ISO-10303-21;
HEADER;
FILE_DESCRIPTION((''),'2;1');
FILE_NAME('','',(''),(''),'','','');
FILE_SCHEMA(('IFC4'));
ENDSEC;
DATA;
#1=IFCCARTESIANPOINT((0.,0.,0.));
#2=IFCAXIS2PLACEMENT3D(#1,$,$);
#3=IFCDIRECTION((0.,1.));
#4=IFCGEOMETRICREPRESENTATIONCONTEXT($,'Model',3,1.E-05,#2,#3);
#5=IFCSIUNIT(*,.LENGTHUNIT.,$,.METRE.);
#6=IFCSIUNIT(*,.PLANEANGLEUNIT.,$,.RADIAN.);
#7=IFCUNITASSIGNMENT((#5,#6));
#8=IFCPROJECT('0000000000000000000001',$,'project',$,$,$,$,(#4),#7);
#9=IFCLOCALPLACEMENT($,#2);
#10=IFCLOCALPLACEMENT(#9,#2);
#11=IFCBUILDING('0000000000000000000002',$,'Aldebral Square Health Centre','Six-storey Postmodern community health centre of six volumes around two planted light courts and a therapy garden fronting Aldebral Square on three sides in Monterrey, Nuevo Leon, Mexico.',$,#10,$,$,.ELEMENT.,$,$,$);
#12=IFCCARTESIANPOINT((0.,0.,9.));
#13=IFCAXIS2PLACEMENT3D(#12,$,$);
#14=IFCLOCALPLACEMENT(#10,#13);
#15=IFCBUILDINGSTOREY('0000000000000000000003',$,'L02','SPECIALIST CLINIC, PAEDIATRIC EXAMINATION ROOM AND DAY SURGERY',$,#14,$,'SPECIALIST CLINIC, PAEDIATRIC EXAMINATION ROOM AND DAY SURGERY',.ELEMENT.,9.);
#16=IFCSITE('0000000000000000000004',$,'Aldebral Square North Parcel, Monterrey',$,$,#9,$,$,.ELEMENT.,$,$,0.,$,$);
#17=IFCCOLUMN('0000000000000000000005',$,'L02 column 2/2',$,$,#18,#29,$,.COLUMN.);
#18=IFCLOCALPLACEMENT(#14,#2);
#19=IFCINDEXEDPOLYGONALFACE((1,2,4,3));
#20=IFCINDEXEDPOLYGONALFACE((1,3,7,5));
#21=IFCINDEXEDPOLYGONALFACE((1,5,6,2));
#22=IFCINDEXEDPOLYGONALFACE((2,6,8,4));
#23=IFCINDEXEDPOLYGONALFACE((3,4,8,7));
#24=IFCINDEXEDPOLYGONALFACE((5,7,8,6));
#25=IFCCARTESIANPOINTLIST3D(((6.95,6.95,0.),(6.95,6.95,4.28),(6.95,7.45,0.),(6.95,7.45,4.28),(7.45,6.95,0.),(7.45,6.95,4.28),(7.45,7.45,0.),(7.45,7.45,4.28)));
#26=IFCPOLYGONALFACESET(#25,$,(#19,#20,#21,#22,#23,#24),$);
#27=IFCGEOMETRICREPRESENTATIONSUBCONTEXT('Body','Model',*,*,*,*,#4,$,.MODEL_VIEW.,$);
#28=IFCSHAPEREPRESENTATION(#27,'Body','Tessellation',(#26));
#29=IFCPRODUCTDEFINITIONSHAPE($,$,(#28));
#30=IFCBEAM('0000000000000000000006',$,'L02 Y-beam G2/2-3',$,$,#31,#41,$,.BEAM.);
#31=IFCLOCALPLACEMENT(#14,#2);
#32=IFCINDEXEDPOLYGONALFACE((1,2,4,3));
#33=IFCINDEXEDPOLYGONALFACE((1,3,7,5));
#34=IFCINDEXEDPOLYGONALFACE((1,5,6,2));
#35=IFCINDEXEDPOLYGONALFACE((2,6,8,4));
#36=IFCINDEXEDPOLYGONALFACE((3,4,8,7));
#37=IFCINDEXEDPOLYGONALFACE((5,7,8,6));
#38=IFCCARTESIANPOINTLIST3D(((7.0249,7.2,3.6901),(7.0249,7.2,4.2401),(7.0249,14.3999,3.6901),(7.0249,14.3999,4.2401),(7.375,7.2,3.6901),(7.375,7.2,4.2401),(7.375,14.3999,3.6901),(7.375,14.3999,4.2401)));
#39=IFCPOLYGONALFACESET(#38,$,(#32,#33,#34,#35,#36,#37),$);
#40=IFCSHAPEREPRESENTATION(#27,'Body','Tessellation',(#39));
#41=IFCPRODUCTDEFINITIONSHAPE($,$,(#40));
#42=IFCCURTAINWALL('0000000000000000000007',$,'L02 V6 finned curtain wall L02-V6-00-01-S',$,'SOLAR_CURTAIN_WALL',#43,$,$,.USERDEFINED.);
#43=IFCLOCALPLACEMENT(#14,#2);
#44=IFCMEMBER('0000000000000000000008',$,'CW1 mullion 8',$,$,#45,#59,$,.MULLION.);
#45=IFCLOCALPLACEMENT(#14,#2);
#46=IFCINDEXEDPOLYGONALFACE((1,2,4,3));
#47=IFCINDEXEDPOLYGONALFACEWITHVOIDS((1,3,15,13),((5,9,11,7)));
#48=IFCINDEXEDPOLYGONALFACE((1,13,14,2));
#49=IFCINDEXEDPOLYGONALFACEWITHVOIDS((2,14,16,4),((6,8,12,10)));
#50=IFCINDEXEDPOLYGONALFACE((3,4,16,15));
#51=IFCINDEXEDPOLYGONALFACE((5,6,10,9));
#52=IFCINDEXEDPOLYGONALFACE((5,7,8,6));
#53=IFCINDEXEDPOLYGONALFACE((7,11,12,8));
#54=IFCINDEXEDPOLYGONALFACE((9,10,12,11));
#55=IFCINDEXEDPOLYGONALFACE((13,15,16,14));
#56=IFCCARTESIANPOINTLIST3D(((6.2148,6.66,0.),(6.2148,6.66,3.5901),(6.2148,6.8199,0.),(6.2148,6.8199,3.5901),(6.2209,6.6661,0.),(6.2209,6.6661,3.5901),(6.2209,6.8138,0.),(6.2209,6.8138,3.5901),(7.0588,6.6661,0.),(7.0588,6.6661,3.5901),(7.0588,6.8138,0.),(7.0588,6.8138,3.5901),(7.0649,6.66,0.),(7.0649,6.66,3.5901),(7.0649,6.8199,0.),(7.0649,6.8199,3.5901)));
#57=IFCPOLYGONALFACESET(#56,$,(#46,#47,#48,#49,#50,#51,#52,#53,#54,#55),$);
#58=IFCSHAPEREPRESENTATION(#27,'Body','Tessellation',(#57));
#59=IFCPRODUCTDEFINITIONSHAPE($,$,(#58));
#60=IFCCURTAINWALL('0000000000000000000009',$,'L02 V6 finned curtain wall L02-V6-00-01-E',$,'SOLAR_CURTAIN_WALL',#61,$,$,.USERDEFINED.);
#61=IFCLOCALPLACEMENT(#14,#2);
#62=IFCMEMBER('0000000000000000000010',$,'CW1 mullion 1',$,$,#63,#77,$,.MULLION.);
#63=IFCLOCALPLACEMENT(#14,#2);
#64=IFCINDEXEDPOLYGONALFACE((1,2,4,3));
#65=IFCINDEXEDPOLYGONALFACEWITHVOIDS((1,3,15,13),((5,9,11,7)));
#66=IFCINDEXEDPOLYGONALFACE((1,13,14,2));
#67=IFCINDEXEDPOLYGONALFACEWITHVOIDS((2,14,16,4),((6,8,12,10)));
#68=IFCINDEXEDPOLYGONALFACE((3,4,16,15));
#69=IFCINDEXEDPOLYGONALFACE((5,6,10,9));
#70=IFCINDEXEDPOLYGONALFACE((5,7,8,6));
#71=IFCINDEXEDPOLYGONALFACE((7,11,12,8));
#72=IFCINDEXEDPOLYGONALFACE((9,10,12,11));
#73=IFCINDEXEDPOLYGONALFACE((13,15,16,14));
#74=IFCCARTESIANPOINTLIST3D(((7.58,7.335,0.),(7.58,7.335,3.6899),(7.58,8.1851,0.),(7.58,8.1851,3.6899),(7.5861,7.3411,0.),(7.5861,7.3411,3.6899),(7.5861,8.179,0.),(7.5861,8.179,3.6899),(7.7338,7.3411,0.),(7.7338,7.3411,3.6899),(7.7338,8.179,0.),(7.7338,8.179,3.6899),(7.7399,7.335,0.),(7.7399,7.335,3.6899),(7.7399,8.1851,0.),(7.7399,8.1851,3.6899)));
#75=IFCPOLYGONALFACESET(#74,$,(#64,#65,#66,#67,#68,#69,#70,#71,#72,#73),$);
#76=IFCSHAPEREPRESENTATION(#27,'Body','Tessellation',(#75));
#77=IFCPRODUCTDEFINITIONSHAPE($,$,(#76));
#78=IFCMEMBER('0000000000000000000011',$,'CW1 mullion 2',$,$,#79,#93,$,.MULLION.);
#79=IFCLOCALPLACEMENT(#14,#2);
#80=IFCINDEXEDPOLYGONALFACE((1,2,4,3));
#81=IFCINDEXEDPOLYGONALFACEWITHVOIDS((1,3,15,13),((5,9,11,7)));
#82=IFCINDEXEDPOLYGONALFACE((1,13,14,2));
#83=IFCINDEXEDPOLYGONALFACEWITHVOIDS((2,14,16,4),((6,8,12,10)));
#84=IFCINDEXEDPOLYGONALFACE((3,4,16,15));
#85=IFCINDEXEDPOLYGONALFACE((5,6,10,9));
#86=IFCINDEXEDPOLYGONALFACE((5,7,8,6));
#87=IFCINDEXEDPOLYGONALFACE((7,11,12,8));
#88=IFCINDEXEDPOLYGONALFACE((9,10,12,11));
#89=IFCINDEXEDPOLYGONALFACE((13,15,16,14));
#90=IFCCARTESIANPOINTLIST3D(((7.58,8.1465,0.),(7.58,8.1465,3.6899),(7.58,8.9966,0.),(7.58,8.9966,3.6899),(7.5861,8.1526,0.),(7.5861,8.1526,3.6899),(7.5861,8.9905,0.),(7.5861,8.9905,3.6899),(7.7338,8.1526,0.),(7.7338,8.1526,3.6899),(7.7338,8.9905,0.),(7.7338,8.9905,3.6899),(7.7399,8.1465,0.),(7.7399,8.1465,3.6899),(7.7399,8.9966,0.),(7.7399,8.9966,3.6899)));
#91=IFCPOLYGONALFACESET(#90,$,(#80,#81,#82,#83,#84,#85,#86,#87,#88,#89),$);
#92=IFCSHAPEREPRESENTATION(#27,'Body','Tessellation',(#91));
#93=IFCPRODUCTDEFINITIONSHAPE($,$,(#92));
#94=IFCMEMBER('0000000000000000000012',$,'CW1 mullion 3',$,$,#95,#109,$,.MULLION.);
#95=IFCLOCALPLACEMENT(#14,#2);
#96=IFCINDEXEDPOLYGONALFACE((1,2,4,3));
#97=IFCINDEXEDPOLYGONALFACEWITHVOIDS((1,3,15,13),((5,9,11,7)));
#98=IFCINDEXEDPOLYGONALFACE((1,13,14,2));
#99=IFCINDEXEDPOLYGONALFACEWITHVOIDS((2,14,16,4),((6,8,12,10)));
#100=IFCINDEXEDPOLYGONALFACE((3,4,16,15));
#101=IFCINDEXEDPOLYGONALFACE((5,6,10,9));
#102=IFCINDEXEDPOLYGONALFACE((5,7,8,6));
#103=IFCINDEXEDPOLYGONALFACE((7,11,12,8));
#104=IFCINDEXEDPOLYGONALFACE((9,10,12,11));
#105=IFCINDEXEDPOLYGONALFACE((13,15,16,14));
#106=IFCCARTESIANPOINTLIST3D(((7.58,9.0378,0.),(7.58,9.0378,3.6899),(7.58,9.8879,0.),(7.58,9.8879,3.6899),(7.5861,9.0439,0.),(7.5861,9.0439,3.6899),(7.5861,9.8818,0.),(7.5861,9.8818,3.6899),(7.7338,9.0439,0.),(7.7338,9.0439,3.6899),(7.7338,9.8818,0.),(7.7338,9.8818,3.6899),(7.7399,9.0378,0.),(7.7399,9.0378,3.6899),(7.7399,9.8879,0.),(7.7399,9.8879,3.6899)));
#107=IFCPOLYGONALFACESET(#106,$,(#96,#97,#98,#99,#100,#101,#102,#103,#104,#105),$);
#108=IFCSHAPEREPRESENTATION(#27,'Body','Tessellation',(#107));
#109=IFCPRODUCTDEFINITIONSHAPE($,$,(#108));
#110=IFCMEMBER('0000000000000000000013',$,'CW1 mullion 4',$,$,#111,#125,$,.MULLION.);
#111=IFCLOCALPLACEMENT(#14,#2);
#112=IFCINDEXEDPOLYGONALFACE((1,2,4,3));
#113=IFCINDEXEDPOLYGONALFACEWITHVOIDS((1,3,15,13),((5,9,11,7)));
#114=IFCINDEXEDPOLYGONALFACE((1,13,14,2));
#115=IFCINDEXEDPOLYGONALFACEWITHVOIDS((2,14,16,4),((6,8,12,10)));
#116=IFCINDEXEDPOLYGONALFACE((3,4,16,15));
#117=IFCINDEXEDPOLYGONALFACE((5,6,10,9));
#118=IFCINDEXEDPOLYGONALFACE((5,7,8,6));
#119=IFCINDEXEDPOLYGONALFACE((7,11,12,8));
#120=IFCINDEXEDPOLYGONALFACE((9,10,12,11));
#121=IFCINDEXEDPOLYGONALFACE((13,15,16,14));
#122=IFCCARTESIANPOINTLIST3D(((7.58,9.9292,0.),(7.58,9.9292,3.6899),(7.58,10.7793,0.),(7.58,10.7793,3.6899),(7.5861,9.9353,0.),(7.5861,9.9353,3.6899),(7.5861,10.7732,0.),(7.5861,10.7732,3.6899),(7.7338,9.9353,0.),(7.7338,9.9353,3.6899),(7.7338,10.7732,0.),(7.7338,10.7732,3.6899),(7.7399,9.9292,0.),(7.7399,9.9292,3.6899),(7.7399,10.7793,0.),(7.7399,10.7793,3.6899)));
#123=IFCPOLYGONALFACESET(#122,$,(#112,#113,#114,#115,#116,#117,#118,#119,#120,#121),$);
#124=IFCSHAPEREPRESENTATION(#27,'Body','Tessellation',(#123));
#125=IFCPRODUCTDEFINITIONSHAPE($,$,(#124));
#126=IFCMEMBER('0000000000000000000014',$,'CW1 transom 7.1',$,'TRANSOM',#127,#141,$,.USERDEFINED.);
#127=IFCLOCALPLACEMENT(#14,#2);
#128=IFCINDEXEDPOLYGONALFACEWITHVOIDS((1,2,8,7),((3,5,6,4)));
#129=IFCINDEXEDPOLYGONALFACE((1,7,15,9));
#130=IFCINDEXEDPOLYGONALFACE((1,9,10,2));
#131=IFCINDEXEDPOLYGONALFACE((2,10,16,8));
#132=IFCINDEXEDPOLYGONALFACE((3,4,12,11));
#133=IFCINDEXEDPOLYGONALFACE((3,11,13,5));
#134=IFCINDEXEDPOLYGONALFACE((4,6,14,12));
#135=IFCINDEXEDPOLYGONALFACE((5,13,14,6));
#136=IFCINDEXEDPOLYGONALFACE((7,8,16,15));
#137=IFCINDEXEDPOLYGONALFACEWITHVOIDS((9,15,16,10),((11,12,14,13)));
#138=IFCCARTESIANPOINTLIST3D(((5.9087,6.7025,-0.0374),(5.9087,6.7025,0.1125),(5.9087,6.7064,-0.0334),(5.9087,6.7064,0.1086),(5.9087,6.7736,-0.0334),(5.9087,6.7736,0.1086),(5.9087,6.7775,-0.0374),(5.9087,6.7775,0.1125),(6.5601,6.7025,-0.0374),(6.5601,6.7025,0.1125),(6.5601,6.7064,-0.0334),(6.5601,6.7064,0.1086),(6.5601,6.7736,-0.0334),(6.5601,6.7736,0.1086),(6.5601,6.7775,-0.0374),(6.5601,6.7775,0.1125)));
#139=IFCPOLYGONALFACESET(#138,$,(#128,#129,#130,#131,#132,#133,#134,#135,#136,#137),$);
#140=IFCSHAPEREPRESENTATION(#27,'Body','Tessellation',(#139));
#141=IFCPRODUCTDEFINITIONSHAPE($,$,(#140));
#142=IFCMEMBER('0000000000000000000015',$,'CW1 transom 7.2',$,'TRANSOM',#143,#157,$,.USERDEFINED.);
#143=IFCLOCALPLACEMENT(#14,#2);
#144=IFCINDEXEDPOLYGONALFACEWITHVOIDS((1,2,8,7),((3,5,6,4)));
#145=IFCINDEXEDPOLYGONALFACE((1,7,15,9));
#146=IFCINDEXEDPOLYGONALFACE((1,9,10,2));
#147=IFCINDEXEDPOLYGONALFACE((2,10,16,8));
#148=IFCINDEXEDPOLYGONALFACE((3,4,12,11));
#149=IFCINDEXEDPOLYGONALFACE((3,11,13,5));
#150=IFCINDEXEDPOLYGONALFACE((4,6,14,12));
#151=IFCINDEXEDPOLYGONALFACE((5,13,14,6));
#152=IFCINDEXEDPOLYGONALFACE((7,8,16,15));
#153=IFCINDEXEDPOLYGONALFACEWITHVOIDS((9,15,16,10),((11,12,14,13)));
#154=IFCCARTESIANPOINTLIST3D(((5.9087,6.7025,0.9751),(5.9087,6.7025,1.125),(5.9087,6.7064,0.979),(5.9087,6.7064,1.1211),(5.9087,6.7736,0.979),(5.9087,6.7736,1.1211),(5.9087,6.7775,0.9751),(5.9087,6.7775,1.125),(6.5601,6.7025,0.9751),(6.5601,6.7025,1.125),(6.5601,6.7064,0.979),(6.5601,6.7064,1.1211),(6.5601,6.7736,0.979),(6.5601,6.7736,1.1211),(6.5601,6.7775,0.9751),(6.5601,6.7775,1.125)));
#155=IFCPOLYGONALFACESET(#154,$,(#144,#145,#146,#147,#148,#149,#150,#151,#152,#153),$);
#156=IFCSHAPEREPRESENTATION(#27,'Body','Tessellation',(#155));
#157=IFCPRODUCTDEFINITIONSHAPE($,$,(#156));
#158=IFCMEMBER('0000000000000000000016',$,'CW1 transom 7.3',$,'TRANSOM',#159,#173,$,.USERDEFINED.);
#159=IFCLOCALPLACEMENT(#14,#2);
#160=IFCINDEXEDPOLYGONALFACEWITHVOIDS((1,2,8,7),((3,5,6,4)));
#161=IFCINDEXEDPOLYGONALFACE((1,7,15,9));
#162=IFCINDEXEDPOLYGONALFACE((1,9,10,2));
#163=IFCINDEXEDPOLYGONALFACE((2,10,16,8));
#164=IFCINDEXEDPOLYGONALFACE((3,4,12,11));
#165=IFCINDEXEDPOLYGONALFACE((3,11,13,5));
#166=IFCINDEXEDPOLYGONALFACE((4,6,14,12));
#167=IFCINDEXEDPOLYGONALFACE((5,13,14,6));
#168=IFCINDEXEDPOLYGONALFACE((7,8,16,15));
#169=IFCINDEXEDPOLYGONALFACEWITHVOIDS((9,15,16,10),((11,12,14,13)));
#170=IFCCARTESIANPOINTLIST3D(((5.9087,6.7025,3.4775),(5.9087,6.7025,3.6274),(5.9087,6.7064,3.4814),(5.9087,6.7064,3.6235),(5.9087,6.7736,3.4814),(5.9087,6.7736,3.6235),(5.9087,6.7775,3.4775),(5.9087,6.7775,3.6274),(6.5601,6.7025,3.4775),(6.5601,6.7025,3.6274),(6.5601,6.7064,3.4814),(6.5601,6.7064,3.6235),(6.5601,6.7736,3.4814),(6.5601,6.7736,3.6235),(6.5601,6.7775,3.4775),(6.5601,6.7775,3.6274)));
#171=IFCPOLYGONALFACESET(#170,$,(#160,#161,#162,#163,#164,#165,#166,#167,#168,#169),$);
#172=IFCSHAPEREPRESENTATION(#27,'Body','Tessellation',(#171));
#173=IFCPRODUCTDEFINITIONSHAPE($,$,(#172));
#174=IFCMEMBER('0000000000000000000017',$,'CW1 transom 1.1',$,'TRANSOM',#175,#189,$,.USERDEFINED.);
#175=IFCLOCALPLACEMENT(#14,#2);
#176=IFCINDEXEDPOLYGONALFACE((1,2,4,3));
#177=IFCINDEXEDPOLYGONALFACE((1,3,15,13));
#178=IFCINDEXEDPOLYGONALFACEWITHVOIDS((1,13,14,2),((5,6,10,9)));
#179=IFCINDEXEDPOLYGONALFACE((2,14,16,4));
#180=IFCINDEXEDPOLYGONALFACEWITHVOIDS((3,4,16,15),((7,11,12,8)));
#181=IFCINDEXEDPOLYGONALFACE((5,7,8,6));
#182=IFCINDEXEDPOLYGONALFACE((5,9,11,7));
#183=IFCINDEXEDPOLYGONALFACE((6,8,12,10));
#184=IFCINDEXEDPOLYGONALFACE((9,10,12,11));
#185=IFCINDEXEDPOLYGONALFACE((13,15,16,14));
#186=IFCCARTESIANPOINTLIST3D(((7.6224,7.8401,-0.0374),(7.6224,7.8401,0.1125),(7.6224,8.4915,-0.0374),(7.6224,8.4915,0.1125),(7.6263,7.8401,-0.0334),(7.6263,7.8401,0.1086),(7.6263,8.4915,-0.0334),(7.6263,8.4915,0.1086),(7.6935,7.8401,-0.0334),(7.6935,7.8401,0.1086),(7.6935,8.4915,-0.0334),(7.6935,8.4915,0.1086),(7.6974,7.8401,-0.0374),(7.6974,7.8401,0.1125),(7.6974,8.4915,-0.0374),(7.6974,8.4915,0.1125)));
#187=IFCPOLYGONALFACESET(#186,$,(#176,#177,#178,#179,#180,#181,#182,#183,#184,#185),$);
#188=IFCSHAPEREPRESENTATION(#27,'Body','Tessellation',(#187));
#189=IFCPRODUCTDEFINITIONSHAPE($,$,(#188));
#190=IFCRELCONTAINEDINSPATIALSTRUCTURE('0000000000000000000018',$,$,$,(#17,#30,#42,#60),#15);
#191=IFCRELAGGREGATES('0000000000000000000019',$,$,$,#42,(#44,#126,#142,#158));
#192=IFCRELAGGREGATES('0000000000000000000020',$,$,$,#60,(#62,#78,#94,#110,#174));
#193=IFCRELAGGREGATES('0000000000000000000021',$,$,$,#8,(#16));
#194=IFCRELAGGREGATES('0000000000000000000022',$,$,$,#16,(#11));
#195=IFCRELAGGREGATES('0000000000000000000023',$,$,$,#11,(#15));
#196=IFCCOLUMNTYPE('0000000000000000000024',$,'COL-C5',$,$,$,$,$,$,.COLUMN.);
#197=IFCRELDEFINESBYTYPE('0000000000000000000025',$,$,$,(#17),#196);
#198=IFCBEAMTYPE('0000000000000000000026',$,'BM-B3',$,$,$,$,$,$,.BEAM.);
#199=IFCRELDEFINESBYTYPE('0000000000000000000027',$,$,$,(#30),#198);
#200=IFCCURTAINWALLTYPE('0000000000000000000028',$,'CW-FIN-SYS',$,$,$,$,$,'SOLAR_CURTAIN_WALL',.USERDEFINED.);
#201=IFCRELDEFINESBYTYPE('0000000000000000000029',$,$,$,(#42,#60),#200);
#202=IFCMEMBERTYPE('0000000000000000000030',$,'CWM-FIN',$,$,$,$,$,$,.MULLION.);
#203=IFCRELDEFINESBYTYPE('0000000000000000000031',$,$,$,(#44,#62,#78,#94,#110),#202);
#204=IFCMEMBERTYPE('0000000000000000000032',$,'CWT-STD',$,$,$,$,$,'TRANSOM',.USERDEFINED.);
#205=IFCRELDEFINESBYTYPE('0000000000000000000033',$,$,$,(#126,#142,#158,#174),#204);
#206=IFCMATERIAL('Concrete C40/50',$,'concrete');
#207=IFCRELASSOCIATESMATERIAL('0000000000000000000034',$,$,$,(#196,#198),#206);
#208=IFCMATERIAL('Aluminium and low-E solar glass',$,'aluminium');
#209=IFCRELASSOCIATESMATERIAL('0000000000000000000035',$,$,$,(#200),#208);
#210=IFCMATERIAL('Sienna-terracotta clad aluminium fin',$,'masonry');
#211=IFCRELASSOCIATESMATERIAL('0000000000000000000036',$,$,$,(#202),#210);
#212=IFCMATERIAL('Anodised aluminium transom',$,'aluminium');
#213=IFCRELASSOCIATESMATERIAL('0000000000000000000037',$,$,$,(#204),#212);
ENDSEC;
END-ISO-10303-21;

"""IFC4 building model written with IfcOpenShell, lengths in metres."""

from ifc_helpers import new_model, si_unit, direction, frame, origin, origin_2d, place, context, subcontext, project, spatial, rectangle, hollow_rectangle, extrude, material, material_profile, profile_set, type_object, element, aggregate, save


model = new_model("IFC4")

# Units and contexts
model_context = context("Model", 3, precision=1e-05, world=origin(), true_north=direction((0.0, 1.0)))
body_context = subcontext(model_context, "Body", "Model", "MODEL_VIEW")
ifc_project = project(units=[si_unit("LENGTHUNIT", "METRE"), si_unit("PLANEANGLEUNIT", "RADIAN")], contexts=[model_context])

# Site, building, storey
site_placement = place(None, origin())
site = spatial("IfcSite", under=ifc_project, at=site_placement, Name="Aldebral Square North Parcel, Monterrey", CompositionType="ELEMENT", RefElevation=0.0)
building_placement = place(site_placement, origin())
building = spatial("IfcBuilding", under=site, at=building_placement, Name="Aldebral Square Health Centre", Description="Six-storey Postmodern community health centre of six volumes around two planted light courts and a therapy garden fronting Aldebral Square on three sides in Monterrey, Nuevo Leon, Mexico.", CompositionType="ELEMENT")
storey_placement = place(building_placement, frame((0.0, 0.0, 9.0)))
storey = spatial("IfcBuildingStorey", under=building, at=storey_placement, Name="L02", Description="SPECIALIST CLINIC, PAEDIATRIC EXAMINATION ROOM AND DAY SURGERY", LongName="SPECIALIST CLINIC, PAEDIATRIC EXAMINATION ROOM AND DAY SURGERY", CompositionType="ELEMENT", Elevation=9.0)

# Column
ifc_material_1 = material(Name="Concrete C40/50", Category="concrete")
ifc_material_profile_1 = material_profile(ifc_material_1, rectangle(XDim=0.5, YDim=0.5, at=origin_2d()), Name="RC 500x500")
ifc_profile_set_1 = profile_set([ifc_material_profile_1], Name="Concrete C40/50")
column_type = type_object("IfcColumnType", Name="COL-C5", PredefinedType="COLUMN", material=ifc_profile_set_1)
column_placement = place(storey_placement, frame((7.2, 7.2, 0.0), z_axis=(0.0, 0.0, 1.0), x_axis=(1.0, 0.0, 0.0)))
element("IfcColumn", 1, at=column_placement, inside=storey, type_object=column_type, Name="L02 column 2/2", PredefinedType="COLUMN", context=body_context, shape_type="SweptSolid", body=[
    extrude(rectangle(XDim=0.5, YDim=0.5, at=origin_2d()), origin(), (0.0, 0.0, 1.0), 4.28),
])

# Beam
ifc_material_profile_2 = material_profile(ifc_material_1, rectangle(XDim=0.3501, YDim=0.55, at=origin_2d()), Name="RC 350x550")
ifc_profile_set_2 = profile_set([ifc_material_profile_2], Name="Concrete C40/50")
beam_type = type_object("IfcBeamType", Name="BM-B3", PredefinedType="BEAM", material=ifc_profile_set_2)
beam_placement = place(storey_placement, frame((7.2, 7.2, 3.9651), z_axis=(0.0, 1.0, 0.0), x_axis=(-1.0, 0.0, 0.0)))
element("IfcBeam", 2, at=beam_placement, inside=storey, type_object=beam_type, Name="L02 Y-beam G2/2-3", PredefinedType="BEAM", context=body_context, shape_type="SweptSolid", body=[
    extrude(rectangle(XDim=0.3501, YDim=0.55, at=origin_2d()), origin(), (0.0, 0.0, 1.0), 7.2),
])

# Curtain wall, member
ifc_material_2 = material(Name="Aluminium and low-E solar glass", Category="aluminium")
curtain_wall_type = type_object("IfcCurtainWallType", Name="CW-FIN-SYS", ElementType="SOLAR_CURTAIN_WALL", PredefinedType="USERDEFINED", material=ifc_material_2)
curtain_wall_1_placement = place(storey_placement, origin())
curtain_wall_1 = element("IfcCurtainWall", 3, at=curtain_wall_1_placement, inside=storey, type_object=curtain_wall_type, Name="L02 V6 finned curtain wall L02-V6-00-01-S", ObjectType="SOLAR_CURTAIN_WALL", PredefinedType="USERDEFINED")
ifc_material_3 = material(Name="Sienna-terracotta clad aluminium fin", Category="masonry")
ifc_material_profile_3 = material_profile(ifc_material_3, hollow_rectangle(XDim=0.1599, YDim=0.8501, WallThickness=0.0061, at=origin_2d()), Name="FIN 160x850x6")
ifc_profile_set_3 = profile_set([ifc_material_profile_3], Name="Sienna-terracotta clad aluminium fin")
member_type_1 = type_object("IfcMemberType", Name="CWM-FIN", PredefinedType="MULLION", material=ifc_profile_set_3)
member_1_placement = place(storey_placement, frame((6.6399, 6.74, 0.0), z_axis=(0.0, 0.0, 1.0), x_axis=(0.0, 1.0, 0.0)))
member_1 = element("IfcMember", 4, at=member_1_placement, type_object=member_type_1, Name="CW1 mullion 8", PredefinedType="MULLION", context=body_context, shape_type="SweptSolid", body=[
    extrude(hollow_rectangle(XDim=0.1599, YDim=0.8501, WallThickness=0.0061, at=origin_2d()), origin(), (0.0, 0.0, 1.0), 3.5901),
])

# Curtain wall, members
curtain_wall_2_placement = place(storey_placement, origin())
curtain_wall_2 = element("IfcCurtainWall", 5, at=curtain_wall_2_placement, inside=storey, type_object=curtain_wall_type, Name="L02 V6 finned curtain wall L02-V6-00-01-E", ObjectType="SOLAR_CURTAIN_WALL", PredefinedType="USERDEFINED")
member_2_placement = place(storey_placement, frame((7.6599, 7.76, 0.0), z_axis=(0.0, 0.0, 1.0), x_axis=(-1.0, 0.0, 0.0)))
member_2 = element("IfcMember", 6, at=member_2_placement, type_object=member_type_1, Name="CW1 mullion 1", PredefinedType="MULLION", context=body_context, shape_type="SweptSolid", body=[
    extrude(hollow_rectangle(XDim=0.1599, YDim=0.8501, WallThickness=0.0061, at=origin_2d()), origin(), (0.0, 0.0, 1.0), 3.6899),
])
member_3_placement = place(storey_placement, frame((7.6599, 8.5715, 0.0), z_axis=(0.0, 0.0, 1.0), x_axis=(-1.0, 0.0, 0.0)))
member_3 = element("IfcMember", 7, at=member_3_placement, type_object=member_type_1, Name="CW1 mullion 2", PredefinedType="MULLION", context=body_context, shape_type="SweptSolid", body=[
    extrude(hollow_rectangle(XDim=0.1599, YDim=0.8501, WallThickness=0.0061, at=origin_2d()), origin(), (0.0, 0.0, 1.0), 3.6899),
])
member_4_placement = place(storey_placement, frame((7.6599, 9.4629, 0.0), z_axis=(0.0, 0.0, 1.0), x_axis=(-1.0, 0.0, 0.0)))
member_4 = element("IfcMember", 8, at=member_4_placement, type_object=member_type_1, Name="CW1 mullion 3", PredefinedType="MULLION", context=body_context, shape_type="SweptSolid", body=[
    extrude(hollow_rectangle(XDim=0.1599, YDim=0.8501, WallThickness=0.0061, at=origin_2d()), origin(), (0.0, 0.0, 1.0), 3.6899),
])
member_5_placement = place(storey_placement, frame((7.6599, 10.3542, 0.0), z_axis=(0.0, 0.0, 1.0), x_axis=(-1.0, 0.0, 0.0)))
member_5 = element("IfcMember", 9, at=member_5_placement, type_object=member_type_1, Name="CW1 mullion 4", PredefinedType="MULLION", context=body_context, shape_type="SweptSolid", body=[
    extrude(hollow_rectangle(XDim=0.1599, YDim=0.8501, WallThickness=0.0061, at=origin_2d()), origin(), (0.0, 0.0, 1.0), 3.6899),
])

# Members
ifc_material_4 = material(Name="Anodised aluminium transom", Category="aluminium")
ifc_material_profile_4 = material_profile(ifc_material_4, hollow_rectangle(XDim=0.075, YDim=0.1499, WallThickness=0.0039, at=origin_2d()), Name="CWT 75x150x4")
ifc_profile_set_4 = profile_set([ifc_material_profile_4], Name="Anodised aluminium transom")
member_type_2 = type_object("IfcMemberType", Name="CWT-STD", ElementType="TRANSOM", PredefinedType="USERDEFINED", material=ifc_profile_set_4)
member_6_placement = place(storey_placement, frame((5.9087, 6.74, 0.0376), z_axis=(1.0, 0.0, 0.0), x_axis=(0.0, 1.0, 0.0)))
member_6 = element("IfcMember", 10, at=member_6_placement, type_object=member_type_2, Name="CW1 transom 7.1", ObjectType="TRANSOM", PredefinedType="USERDEFINED", context=body_context, shape_type="SweptSolid", body=[
    extrude(hollow_rectangle(XDim=0.075, YDim=0.1499, WallThickness=0.0039, at=origin_2d()), origin(), (0.0, 0.0, 1.0), 0.6514),
])
member_7_placement = place(storey_placement, frame((5.9087, 6.74, 1.05), z_axis=(1.0, 0.0, 0.0), x_axis=(0.0, 1.0, 0.0)))
member_7 = element("IfcMember", 11, at=member_7_placement, type_object=member_type_2, Name="CW1 transom 7.2", ObjectType="TRANSOM", PredefinedType="USERDEFINED", context=body_context, shape_type="SweptSolid", body=[
    extrude(hollow_rectangle(XDim=0.075, YDim=0.1499, WallThickness=0.0039, at=origin_2d()), origin(), (0.0, 0.0, 1.0), 0.6514),
])
member_8_placement = place(storey_placement, frame((5.9087, 6.74, 3.5525), z_axis=(1.0, 0.0, 0.0), x_axis=(0.0, 1.0, 0.0)))
member_8 = element("IfcMember", 12, at=member_8_placement, type_object=member_type_2, Name="CW1 transom 7.3", ObjectType="TRANSOM", PredefinedType="USERDEFINED", context=body_context, shape_type="SweptSolid", body=[
    extrude(hollow_rectangle(XDim=0.075, YDim=0.1499, WallThickness=0.0039, at=origin_2d()), origin(), (0.0, 0.0, 1.0), 0.6514),
])
member_9_placement = place(storey_placement, frame((7.6599, 7.8401, 0.0376), z_axis=(0.0, 1.0, 0.0), x_axis=(-1.0, 0.0, 0.0)))
member_9 = element("IfcMember", 13, at=member_9_placement, type_object=member_type_2, Name="CW1 transom 1.1", ObjectType="TRANSOM", PredefinedType="USERDEFINED", context=body_context, shape_type="SweptSolid", body=[
    extrude(hollow_rectangle(XDim=0.075, YDim=0.1499, WallThickness=0.0039, at=origin_2d()), origin(), (0.0, 0.0, 1.0), 0.6514),
])

aggregate(curtain_wall_1, [member_1, member_6, member_7, member_8])
aggregate(curtain_wall_2, [member_2, member_3, member_4, member_5, member_9])

save(model, "model.ifc")
